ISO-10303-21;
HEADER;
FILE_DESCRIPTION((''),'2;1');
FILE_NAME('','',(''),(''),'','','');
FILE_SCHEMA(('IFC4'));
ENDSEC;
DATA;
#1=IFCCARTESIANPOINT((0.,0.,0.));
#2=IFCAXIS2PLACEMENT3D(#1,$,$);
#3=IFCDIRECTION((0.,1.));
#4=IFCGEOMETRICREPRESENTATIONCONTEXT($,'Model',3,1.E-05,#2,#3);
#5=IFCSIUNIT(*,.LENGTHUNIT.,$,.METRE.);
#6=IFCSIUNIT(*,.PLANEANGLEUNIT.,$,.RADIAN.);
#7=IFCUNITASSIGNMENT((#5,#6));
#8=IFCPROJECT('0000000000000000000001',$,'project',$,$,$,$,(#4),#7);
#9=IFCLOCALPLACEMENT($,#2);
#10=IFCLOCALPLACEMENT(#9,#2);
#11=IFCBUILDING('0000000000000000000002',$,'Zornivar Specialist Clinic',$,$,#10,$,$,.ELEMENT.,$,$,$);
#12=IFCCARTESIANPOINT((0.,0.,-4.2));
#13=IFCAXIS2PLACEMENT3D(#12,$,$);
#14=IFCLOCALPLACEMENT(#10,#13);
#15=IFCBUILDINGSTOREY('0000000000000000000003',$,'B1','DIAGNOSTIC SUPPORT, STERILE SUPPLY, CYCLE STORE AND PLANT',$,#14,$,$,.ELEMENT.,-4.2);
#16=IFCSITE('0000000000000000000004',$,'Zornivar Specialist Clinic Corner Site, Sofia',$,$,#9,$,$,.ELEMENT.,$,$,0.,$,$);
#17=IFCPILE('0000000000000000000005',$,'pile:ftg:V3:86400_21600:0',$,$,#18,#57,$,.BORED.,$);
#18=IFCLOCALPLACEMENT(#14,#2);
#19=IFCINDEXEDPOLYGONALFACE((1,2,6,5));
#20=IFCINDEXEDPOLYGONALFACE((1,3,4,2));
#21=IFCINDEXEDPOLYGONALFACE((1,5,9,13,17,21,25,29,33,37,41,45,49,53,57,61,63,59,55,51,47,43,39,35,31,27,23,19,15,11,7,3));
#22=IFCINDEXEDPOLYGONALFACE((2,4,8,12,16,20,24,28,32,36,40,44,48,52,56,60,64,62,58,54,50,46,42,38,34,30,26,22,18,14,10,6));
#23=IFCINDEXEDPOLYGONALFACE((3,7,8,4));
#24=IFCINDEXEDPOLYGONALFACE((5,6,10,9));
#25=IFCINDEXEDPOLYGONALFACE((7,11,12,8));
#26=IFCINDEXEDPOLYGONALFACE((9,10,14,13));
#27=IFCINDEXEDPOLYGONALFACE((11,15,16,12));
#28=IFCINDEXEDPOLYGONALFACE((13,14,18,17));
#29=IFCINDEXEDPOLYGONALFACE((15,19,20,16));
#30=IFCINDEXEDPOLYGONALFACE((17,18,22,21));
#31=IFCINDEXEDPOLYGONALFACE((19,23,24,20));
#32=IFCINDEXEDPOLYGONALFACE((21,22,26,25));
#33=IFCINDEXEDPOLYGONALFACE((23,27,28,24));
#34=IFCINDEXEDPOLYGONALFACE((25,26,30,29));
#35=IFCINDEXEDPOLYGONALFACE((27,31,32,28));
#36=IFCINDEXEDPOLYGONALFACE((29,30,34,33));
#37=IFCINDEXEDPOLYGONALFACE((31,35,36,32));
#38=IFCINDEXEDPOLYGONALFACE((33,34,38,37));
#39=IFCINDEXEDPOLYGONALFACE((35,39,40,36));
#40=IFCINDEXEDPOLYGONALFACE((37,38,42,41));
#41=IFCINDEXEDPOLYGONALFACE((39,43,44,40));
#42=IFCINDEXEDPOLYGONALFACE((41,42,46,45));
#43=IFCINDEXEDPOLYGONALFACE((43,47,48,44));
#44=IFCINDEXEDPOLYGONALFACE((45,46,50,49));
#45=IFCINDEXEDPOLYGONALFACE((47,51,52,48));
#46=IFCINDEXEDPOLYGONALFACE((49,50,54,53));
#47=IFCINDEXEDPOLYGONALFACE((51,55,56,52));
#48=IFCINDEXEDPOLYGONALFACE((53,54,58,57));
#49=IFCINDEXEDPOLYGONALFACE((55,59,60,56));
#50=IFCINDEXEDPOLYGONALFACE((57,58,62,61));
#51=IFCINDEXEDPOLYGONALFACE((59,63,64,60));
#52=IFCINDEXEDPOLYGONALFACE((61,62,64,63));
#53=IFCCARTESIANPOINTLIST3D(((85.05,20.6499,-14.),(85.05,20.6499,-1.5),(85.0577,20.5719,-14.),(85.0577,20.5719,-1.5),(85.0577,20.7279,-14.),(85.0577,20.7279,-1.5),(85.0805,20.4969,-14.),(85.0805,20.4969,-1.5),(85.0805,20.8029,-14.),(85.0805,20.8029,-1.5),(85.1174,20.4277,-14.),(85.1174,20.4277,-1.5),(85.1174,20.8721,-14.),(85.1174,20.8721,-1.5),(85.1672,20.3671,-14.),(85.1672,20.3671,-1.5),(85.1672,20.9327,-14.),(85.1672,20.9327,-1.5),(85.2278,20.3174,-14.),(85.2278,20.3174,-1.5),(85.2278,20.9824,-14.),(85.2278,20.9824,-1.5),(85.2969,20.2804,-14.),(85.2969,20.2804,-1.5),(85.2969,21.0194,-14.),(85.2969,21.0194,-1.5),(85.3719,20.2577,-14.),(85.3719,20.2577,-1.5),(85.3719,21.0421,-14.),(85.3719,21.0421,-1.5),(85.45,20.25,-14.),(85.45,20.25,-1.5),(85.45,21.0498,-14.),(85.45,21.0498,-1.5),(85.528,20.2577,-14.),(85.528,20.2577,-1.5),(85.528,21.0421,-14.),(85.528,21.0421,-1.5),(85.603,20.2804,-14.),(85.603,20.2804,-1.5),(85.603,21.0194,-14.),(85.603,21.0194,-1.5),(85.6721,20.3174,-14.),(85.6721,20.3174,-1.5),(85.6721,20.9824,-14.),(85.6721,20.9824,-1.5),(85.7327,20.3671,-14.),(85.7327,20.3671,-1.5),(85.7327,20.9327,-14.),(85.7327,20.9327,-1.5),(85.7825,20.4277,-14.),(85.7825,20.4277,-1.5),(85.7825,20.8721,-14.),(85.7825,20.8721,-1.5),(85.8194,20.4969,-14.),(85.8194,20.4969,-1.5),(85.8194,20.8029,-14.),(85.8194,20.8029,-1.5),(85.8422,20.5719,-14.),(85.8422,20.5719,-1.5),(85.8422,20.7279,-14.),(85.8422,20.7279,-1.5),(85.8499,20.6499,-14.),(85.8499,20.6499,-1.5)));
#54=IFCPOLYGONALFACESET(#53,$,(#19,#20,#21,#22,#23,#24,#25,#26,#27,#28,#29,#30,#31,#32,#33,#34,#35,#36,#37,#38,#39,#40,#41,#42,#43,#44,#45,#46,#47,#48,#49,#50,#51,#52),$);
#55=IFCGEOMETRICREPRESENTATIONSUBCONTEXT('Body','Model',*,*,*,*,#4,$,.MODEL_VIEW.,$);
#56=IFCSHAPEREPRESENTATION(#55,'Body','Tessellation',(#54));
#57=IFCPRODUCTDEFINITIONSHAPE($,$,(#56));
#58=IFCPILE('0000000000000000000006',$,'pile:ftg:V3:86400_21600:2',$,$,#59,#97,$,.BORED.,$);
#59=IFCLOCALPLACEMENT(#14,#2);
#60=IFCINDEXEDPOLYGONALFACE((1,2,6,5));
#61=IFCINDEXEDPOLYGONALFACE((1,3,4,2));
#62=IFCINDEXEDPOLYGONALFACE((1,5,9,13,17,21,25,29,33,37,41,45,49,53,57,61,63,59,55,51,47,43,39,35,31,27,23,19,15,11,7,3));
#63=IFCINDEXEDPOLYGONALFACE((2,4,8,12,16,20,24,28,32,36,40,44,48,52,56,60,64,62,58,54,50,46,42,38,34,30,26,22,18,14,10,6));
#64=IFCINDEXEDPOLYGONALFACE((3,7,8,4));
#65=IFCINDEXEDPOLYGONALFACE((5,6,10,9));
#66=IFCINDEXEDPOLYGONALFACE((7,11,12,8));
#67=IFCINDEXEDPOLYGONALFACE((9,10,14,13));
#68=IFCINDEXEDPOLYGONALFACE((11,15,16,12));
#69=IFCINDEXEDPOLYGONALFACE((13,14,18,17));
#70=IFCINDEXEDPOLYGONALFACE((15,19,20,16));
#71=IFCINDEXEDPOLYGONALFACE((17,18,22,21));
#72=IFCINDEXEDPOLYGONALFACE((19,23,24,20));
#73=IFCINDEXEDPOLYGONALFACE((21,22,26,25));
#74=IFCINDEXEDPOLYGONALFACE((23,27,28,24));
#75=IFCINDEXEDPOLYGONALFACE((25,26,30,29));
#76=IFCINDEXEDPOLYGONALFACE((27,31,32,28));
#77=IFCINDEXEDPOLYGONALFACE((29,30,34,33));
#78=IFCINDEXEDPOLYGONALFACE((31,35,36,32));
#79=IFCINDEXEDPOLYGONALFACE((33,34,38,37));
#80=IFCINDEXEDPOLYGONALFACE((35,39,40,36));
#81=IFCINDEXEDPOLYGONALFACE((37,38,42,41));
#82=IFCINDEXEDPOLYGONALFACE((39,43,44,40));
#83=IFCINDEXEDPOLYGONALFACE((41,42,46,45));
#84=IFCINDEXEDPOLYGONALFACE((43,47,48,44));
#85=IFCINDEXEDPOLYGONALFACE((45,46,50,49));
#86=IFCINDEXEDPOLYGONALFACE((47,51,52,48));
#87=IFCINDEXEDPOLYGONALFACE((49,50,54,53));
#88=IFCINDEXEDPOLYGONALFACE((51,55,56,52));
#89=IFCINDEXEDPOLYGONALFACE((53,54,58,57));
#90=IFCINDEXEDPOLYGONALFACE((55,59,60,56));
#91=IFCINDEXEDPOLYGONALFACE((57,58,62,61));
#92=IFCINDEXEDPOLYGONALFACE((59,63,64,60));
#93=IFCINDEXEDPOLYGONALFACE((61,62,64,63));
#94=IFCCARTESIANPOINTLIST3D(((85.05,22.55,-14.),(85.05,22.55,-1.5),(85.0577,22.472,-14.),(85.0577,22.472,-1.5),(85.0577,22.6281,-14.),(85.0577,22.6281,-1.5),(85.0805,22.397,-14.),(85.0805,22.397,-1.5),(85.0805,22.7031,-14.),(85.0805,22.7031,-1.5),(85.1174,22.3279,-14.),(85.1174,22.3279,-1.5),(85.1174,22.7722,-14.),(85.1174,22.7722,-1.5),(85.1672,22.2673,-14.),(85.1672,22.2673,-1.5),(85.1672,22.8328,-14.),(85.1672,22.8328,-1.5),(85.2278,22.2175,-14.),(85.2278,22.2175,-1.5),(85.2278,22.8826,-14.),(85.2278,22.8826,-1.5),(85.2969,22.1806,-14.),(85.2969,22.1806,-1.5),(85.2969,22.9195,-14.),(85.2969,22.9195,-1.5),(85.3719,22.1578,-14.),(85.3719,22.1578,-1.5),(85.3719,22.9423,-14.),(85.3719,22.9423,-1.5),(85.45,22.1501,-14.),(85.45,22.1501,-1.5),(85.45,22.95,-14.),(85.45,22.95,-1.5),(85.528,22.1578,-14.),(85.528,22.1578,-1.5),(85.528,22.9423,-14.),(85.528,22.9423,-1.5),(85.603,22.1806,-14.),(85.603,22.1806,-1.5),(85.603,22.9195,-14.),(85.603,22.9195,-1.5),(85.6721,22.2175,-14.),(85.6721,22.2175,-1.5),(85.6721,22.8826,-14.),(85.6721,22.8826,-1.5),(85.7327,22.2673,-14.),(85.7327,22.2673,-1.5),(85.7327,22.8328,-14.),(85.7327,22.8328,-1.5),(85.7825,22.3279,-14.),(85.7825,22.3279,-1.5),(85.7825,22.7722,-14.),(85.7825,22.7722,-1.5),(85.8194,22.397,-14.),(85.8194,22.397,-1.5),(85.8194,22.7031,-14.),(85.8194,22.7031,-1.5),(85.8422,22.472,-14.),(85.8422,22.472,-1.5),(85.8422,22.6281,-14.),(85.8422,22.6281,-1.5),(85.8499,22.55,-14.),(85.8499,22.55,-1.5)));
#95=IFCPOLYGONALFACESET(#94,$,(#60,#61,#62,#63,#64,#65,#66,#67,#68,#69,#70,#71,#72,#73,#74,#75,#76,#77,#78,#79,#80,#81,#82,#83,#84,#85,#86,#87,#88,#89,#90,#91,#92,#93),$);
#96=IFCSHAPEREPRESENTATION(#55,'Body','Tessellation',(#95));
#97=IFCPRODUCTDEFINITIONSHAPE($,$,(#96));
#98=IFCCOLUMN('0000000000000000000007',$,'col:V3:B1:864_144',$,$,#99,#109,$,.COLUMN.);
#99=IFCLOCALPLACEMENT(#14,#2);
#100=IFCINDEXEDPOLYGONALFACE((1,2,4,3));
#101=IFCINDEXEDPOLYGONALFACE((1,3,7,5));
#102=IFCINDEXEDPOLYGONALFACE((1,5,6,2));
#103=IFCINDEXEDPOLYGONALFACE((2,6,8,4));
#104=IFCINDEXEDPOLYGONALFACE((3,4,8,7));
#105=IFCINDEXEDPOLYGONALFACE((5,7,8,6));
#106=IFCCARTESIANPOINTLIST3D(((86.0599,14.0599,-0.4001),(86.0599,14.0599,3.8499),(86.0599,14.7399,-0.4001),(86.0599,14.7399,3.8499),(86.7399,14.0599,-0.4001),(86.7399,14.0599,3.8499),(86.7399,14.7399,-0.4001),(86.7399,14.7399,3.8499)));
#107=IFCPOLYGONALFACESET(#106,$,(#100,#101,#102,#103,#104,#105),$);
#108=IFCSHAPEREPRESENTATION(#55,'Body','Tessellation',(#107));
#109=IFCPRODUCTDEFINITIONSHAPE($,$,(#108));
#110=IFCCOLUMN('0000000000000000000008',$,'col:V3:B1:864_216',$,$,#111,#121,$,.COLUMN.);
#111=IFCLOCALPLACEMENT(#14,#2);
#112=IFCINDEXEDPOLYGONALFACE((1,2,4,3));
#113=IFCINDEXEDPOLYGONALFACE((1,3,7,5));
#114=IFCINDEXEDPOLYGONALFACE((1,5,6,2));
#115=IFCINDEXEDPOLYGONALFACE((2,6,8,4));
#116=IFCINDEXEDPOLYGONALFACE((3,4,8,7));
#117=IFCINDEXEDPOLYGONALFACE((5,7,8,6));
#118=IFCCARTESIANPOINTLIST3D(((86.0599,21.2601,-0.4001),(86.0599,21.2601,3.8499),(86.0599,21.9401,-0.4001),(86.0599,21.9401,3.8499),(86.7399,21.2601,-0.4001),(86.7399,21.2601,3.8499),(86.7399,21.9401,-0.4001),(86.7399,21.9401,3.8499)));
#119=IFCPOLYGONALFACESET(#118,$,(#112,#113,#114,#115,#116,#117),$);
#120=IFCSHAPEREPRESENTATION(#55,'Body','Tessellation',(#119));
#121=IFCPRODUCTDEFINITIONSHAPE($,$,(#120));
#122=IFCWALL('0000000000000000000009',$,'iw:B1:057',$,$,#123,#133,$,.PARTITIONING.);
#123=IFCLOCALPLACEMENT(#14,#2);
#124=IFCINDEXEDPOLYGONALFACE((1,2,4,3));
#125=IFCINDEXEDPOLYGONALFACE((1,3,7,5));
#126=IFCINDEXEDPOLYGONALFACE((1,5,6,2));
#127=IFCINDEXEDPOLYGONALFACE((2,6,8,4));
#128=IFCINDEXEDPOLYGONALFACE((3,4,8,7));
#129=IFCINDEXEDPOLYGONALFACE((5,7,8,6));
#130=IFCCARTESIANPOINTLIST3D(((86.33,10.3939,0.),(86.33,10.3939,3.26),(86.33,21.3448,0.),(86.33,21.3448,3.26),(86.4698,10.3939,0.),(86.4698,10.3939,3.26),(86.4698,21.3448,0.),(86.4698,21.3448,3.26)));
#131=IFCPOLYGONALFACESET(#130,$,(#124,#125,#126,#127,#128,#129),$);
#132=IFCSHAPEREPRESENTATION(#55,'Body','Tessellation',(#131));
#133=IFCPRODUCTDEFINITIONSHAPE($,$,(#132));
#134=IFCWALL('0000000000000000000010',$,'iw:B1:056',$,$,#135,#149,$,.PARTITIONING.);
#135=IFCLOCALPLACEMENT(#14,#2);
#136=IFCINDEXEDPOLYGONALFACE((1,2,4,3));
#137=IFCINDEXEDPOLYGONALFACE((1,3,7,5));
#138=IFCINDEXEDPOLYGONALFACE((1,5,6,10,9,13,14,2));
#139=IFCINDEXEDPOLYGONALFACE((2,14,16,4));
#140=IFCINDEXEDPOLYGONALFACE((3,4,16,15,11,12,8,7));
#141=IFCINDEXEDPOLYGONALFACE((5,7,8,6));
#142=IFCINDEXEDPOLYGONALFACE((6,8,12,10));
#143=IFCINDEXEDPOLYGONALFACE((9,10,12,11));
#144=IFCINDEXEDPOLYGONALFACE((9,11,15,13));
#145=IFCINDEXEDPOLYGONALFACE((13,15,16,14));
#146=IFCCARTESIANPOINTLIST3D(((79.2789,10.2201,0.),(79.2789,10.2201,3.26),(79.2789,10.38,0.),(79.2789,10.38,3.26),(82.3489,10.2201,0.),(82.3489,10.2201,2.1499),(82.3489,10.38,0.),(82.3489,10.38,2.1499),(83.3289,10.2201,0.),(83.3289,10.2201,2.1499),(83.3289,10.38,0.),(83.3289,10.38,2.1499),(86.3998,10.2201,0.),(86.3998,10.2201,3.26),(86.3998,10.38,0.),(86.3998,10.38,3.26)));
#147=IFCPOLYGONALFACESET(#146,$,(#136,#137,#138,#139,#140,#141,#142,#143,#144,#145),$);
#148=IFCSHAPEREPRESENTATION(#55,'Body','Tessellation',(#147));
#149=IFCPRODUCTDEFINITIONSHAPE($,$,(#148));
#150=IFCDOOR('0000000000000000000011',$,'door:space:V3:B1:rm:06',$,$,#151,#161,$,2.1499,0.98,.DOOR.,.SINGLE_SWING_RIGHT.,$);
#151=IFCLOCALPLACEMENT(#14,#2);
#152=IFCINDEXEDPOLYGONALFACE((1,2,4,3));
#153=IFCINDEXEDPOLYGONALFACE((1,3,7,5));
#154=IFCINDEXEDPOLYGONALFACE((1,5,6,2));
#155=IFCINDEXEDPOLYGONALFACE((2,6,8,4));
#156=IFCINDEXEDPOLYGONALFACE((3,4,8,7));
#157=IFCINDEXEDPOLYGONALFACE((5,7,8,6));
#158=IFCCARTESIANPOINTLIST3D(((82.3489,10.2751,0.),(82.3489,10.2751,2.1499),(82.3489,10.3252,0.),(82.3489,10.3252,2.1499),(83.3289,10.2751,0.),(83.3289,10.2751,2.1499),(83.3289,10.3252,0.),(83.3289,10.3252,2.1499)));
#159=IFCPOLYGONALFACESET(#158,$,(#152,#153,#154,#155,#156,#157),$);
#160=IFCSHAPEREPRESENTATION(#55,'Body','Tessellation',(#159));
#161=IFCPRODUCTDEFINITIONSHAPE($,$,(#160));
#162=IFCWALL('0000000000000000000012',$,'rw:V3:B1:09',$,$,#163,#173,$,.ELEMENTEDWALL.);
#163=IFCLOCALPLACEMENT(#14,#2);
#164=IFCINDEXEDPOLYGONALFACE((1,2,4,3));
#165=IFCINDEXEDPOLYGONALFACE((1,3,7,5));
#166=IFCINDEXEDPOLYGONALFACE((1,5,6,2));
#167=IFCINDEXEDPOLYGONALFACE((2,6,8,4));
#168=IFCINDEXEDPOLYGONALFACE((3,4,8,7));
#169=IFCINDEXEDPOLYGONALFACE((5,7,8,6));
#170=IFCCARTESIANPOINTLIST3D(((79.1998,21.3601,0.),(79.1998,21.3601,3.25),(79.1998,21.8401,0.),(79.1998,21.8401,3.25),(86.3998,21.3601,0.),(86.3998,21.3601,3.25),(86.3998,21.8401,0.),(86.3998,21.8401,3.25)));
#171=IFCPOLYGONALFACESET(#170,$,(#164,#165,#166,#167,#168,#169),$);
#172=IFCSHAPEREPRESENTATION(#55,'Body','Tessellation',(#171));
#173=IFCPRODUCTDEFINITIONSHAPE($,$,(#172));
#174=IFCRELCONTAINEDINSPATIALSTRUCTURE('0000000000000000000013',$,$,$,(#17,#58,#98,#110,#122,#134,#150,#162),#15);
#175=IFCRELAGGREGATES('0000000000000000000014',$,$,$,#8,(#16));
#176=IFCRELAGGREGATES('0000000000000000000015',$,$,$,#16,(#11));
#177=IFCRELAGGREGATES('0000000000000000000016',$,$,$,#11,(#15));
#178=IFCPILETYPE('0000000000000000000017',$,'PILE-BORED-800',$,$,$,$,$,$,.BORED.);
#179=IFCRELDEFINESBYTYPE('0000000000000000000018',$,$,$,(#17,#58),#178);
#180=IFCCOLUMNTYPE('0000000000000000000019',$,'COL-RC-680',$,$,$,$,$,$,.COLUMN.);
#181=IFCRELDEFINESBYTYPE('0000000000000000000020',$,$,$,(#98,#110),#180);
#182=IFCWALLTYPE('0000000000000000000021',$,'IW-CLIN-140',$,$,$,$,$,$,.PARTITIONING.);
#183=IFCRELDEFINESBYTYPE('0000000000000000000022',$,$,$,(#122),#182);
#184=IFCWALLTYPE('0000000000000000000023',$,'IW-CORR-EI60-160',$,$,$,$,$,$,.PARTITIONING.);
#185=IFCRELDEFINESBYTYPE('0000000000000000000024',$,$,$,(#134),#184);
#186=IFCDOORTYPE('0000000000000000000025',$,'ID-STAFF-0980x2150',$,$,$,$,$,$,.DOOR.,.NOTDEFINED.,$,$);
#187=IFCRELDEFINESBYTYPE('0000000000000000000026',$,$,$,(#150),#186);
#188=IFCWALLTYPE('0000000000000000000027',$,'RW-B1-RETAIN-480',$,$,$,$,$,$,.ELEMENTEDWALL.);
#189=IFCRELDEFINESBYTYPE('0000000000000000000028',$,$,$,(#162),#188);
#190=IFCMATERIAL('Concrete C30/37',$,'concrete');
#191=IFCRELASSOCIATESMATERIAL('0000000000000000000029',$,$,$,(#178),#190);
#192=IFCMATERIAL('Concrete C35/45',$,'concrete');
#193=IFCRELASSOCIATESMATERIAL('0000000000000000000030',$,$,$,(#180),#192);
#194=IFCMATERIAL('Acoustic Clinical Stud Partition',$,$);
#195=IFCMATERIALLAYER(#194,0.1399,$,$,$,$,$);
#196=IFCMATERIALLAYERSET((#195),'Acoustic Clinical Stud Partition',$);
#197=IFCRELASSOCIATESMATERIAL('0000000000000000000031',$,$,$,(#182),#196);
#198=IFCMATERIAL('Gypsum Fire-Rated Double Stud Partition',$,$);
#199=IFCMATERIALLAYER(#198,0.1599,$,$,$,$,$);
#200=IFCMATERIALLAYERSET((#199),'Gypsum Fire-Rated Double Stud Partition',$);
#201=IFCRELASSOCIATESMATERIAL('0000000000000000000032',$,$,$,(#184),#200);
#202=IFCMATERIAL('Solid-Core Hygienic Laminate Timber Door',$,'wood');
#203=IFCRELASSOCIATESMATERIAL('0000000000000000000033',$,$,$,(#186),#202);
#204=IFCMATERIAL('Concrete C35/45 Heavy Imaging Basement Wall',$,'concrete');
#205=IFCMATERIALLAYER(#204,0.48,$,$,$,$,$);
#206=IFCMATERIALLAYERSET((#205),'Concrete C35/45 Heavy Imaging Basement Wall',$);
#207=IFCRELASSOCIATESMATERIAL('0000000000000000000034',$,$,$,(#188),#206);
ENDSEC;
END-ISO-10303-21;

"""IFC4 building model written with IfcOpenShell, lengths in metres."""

from ifc_helpers import new_model, si_unit, direction, frame, frame_2d, origin, origin_2d, place, context, subcontext, project, spatial, rectangle, circle, extrude, material, layer, layer_set, material_profile, profile_set, type_object, element, fill, save


model = new_model("IFC4")

# Units and contexts
model_context = context("Model", 3, precision=1e-05, world=origin(), true_north=direction((0.0, 1.0)))
body_context = subcontext(model_context, "Body", "Model", "MODEL_VIEW")
ifc_project = project(units=[si_unit("LENGTHUNIT", "METRE"), si_unit("PLANEANGLEUNIT", "RADIAN")], contexts=[model_context])

# Site, building, storey
site_placement = place(None, origin())
site = spatial("IfcSite", under=ifc_project, at=site_placement, Name="Zornivar Specialist Clinic Corner Site, Sofia", CompositionType="ELEMENT", RefElevation=0.0)
building_placement = place(site_placement, origin())
building = spatial("IfcBuilding", under=site, at=building_placement, Name="Zornivar Specialist Clinic", CompositionType="ELEMENT")
storey_placement = place(building_placement, frame((0.0, 0.0, -4.2)))
storey = spatial("IfcBuildingStorey", under=building, at=storey_placement, Name="B1", Description="DIAGNOSTIC SUPPORT, STERILE SUPPLY, CYCLE STORE AND PLANT", CompositionType="ELEMENT", Elevation=-4.2)

# Piles
ifc_material_1 = material(Name="Concrete C30/37", Category="concrete")
ifc_material_profile_1 = material_profile(ifc_material_1, circle(Radius=0.3999, at=origin_2d()), Name="PILE D800")
ifc_profile_set_1 = profile_set([ifc_material_profile_1], Name="Concrete C30/37")
pile_type = type_object("IfcPileType", Name="PILE-BORED-800", PredefinedType="BORED", material=ifc_profile_set_1)
for number, where, z_axis, x_axis, name in (
    (1, (85.45, 20.6499, -1.5), (0.0, 0.0, -1.0), (1.0, 0.0, 0.0), "pile:ftg:V3:86400_21600:0"),
    (2, (85.45, 22.55, -1.5), (0.0, 0.0, -1.0), (1.0, 0.0, 0.0), "pile:ftg:V3:86400_21600:2"),
):
    element("IfcPile", number, at=place(storey_placement, frame(where, z_axis=z_axis, x_axis=x_axis)), inside=storey, type_object=pile_type, Name=name, PredefinedType="BORED", context=body_context, shape_type="SweptSolid", body=[
        extrude(circle(Radius=0.3999, at=origin_2d()), origin(), (0.0, 0.0, 1.0), 12.5),
    ])

# Columns
ifc_material_2 = material(Name="Concrete C35/45", Category="concrete")
ifc_material_profile_2 = material_profile(ifc_material_2, rectangle(XDim=0.6799, YDim=0.6799, at=origin_2d()), Name="RC 680x680")
ifc_profile_set_2 = profile_set([ifc_material_profile_2], Name="Concrete C35/45")
column_type = type_object("IfcColumnType", Name="COL-RC-680", PredefinedType="COLUMN", material=ifc_profile_set_2)
for number, where, z_axis, x_axis, name in (
    (3, (86.3999, 14.3999, -0.4001), (0.0, 0.0, 1.0), (1.0, 0.0, 0.0), "col:V3:B1:864_144"),
    (4, (86.3999, 21.6001, -0.4001), (0.0, 0.0, 1.0), (1.0, 0.0, 0.0), "col:V3:B1:864_216"),
):
    element("IfcColumn", number, at=place(storey_placement, frame(where, z_axis=z_axis, x_axis=x_axis)), inside=storey, type_object=column_type, Name=name, PredefinedType="COLUMN", context=body_context, shape_type="SweptSolid", body=[
        extrude(rectangle(XDim=0.6799, YDim=0.6799, at=origin_2d()), origin(), (0.0, 0.0, 1.0), 4.25),
    ])

# Wall
ifc_material_3 = material(Name="Acoustic Clinical Stud Partition")
ifc_layer_1 = layer(ifc_material_3, 0.1399)
ifc_layer_set_1 = layer_set([ifc_layer_1], Name="Acoustic Clinical Stud Partition")
wall_type_1 = type_object("IfcWallType", Name="IW-CLIN-140", PredefinedType="PARTITIONING", material=ifc_layer_set_1)
wall_1_placement = place(storey_placement, frame((86.3999, 21.345, 0.0), z_axis=(0.0, 0.0, 1.0), x_axis=(0.0, -1.0, 0.0)))
element("IfcWall", 5, at=wall_1_placement, inside=storey, type_object=wall_type_1, Name="iw:B1:057", PredefinedType="PARTITIONING", context=body_context, shape_type="SweptSolid", body=[
    extrude(rectangle(XDim=10.9509, YDim=0.1399, at=frame_2d((5.4756, 0.0))), origin(), (0.0, 0.0, 1.0), 3.26),
])

# Wall, opening, door
ifc_material_4 = material(Name="Gypsum Fire-Rated Double Stud Partition")
ifc_layer_2 = layer(ifc_material_4, 0.1599)
ifc_layer_set_2 = layer_set([ifc_layer_2], Name="Gypsum Fire-Rated Double Stud Partition")
wall_type_2 = type_object("IfcWallType", Name="IW-CORR-EI60-160", PredefinedType="PARTITIONING", material=ifc_layer_set_2)
wall_2_placement = place(storey_placement, frame((86.3999, 10.3, 0.0), z_axis=(0.0, 0.0, 1.0), x_axis=(-1.0, 0.0, 0.0)))
wall_2 = element("IfcWall", 6, at=wall_2_placement, inside=storey, type_object=wall_type_2, Name="iw:B1:056", PredefinedType="PARTITIONING", context=body_context, shape_type="SweptSolid", body=[
    extrude(rectangle(XDim=7.1208, YDim=0.1599, at=frame_2d((3.5605, 0.0))), origin(), (0.0, 0.0, 1.0), 3.26),
])
opening_placement = place(wall_2_placement, frame((3.071, 0.0, 0.0)))
opening = element("IfcOpeningElement", 7, at=opening_placement, cuts=wall_2, PredefinedType="OPENING", context=body_context, shape_type="SweptSolid", body=[
    extrude(rectangle(XDim=0.98, YDim=2.1499, at=frame_2d((0.49, 1.075))), frame((0.0, 0.0898, 0.0), z_axis=(0.0, -1.0, 0.0), x_axis=(1.0, 0.0, 0.0)), (0.0, 0.0, 1.0), 0.1799),
])
ifc_material_5 = material(Name="Solid-Core Hygienic Laminate Timber Door", Category="wood")
door_type = type_object("IfcDoorType", Name="ID-STAFF-0980x2150", OperationType="NOTDEFINED", PredefinedType="DOOR", material=ifc_material_5)
door_placement = place(opening_placement, origin())
door = element("IfcDoor", 8, at=door_placement, inside=storey, type_object=door_type, Name="door:space:V3:B1:rm:06", OperationType="SINGLE_SWING_RIGHT", OverallHeight=2.1499, OverallWidth=0.98, PredefinedType="DOOR", context=body_context, shape_type="SweptSolid", body=[
    extrude(rectangle(XDim=0.98, YDim=2.1499, at=frame_2d((0.49, 1.075))), frame((0.0, 0.0249, 0.0), z_axis=(0.0, -1.0, 0.0), x_axis=(1.0, 0.0, 0.0)), (0.0, 0.0, 1.0), 0.05),
])
fill(opening, door)

# Wall
ifc_material_6 = material(Name="Concrete C35/45 Heavy Imaging Basement Wall", Category="concrete")
ifc_layer_3 = layer(ifc_material_6, 0.48)
ifc_layer_set_3 = layer_set([ifc_layer_3], Name="Concrete C35/45 Heavy Imaging Basement Wall")
wall_type_3 = type_object("IfcWallType", Name="RW-B1-RETAIN-480", PredefinedType="ELEMENTEDWALL", material=ifc_layer_set_3)
wall_3_placement = place(storey_placement, frame((86.3999, 21.6001, 0.0), z_axis=(0.0, 0.0, 1.0), x_axis=(-1.0, 0.0, 0.0)))
element("IfcWall", 9, at=wall_3_placement, inside=storey, type_object=wall_type_3, Name="rw:V3:B1:09", PredefinedType="ELEMENTEDWALL", context=body_context, shape_type="SweptSolid", body=[
    extrude(rectangle(XDim=7.2, YDim=0.48, at=frame_2d((3.6001, 0.0))), origin(), (0.0, 0.0, 1.0), 3.25),
])

save(model, "model.ifc")
